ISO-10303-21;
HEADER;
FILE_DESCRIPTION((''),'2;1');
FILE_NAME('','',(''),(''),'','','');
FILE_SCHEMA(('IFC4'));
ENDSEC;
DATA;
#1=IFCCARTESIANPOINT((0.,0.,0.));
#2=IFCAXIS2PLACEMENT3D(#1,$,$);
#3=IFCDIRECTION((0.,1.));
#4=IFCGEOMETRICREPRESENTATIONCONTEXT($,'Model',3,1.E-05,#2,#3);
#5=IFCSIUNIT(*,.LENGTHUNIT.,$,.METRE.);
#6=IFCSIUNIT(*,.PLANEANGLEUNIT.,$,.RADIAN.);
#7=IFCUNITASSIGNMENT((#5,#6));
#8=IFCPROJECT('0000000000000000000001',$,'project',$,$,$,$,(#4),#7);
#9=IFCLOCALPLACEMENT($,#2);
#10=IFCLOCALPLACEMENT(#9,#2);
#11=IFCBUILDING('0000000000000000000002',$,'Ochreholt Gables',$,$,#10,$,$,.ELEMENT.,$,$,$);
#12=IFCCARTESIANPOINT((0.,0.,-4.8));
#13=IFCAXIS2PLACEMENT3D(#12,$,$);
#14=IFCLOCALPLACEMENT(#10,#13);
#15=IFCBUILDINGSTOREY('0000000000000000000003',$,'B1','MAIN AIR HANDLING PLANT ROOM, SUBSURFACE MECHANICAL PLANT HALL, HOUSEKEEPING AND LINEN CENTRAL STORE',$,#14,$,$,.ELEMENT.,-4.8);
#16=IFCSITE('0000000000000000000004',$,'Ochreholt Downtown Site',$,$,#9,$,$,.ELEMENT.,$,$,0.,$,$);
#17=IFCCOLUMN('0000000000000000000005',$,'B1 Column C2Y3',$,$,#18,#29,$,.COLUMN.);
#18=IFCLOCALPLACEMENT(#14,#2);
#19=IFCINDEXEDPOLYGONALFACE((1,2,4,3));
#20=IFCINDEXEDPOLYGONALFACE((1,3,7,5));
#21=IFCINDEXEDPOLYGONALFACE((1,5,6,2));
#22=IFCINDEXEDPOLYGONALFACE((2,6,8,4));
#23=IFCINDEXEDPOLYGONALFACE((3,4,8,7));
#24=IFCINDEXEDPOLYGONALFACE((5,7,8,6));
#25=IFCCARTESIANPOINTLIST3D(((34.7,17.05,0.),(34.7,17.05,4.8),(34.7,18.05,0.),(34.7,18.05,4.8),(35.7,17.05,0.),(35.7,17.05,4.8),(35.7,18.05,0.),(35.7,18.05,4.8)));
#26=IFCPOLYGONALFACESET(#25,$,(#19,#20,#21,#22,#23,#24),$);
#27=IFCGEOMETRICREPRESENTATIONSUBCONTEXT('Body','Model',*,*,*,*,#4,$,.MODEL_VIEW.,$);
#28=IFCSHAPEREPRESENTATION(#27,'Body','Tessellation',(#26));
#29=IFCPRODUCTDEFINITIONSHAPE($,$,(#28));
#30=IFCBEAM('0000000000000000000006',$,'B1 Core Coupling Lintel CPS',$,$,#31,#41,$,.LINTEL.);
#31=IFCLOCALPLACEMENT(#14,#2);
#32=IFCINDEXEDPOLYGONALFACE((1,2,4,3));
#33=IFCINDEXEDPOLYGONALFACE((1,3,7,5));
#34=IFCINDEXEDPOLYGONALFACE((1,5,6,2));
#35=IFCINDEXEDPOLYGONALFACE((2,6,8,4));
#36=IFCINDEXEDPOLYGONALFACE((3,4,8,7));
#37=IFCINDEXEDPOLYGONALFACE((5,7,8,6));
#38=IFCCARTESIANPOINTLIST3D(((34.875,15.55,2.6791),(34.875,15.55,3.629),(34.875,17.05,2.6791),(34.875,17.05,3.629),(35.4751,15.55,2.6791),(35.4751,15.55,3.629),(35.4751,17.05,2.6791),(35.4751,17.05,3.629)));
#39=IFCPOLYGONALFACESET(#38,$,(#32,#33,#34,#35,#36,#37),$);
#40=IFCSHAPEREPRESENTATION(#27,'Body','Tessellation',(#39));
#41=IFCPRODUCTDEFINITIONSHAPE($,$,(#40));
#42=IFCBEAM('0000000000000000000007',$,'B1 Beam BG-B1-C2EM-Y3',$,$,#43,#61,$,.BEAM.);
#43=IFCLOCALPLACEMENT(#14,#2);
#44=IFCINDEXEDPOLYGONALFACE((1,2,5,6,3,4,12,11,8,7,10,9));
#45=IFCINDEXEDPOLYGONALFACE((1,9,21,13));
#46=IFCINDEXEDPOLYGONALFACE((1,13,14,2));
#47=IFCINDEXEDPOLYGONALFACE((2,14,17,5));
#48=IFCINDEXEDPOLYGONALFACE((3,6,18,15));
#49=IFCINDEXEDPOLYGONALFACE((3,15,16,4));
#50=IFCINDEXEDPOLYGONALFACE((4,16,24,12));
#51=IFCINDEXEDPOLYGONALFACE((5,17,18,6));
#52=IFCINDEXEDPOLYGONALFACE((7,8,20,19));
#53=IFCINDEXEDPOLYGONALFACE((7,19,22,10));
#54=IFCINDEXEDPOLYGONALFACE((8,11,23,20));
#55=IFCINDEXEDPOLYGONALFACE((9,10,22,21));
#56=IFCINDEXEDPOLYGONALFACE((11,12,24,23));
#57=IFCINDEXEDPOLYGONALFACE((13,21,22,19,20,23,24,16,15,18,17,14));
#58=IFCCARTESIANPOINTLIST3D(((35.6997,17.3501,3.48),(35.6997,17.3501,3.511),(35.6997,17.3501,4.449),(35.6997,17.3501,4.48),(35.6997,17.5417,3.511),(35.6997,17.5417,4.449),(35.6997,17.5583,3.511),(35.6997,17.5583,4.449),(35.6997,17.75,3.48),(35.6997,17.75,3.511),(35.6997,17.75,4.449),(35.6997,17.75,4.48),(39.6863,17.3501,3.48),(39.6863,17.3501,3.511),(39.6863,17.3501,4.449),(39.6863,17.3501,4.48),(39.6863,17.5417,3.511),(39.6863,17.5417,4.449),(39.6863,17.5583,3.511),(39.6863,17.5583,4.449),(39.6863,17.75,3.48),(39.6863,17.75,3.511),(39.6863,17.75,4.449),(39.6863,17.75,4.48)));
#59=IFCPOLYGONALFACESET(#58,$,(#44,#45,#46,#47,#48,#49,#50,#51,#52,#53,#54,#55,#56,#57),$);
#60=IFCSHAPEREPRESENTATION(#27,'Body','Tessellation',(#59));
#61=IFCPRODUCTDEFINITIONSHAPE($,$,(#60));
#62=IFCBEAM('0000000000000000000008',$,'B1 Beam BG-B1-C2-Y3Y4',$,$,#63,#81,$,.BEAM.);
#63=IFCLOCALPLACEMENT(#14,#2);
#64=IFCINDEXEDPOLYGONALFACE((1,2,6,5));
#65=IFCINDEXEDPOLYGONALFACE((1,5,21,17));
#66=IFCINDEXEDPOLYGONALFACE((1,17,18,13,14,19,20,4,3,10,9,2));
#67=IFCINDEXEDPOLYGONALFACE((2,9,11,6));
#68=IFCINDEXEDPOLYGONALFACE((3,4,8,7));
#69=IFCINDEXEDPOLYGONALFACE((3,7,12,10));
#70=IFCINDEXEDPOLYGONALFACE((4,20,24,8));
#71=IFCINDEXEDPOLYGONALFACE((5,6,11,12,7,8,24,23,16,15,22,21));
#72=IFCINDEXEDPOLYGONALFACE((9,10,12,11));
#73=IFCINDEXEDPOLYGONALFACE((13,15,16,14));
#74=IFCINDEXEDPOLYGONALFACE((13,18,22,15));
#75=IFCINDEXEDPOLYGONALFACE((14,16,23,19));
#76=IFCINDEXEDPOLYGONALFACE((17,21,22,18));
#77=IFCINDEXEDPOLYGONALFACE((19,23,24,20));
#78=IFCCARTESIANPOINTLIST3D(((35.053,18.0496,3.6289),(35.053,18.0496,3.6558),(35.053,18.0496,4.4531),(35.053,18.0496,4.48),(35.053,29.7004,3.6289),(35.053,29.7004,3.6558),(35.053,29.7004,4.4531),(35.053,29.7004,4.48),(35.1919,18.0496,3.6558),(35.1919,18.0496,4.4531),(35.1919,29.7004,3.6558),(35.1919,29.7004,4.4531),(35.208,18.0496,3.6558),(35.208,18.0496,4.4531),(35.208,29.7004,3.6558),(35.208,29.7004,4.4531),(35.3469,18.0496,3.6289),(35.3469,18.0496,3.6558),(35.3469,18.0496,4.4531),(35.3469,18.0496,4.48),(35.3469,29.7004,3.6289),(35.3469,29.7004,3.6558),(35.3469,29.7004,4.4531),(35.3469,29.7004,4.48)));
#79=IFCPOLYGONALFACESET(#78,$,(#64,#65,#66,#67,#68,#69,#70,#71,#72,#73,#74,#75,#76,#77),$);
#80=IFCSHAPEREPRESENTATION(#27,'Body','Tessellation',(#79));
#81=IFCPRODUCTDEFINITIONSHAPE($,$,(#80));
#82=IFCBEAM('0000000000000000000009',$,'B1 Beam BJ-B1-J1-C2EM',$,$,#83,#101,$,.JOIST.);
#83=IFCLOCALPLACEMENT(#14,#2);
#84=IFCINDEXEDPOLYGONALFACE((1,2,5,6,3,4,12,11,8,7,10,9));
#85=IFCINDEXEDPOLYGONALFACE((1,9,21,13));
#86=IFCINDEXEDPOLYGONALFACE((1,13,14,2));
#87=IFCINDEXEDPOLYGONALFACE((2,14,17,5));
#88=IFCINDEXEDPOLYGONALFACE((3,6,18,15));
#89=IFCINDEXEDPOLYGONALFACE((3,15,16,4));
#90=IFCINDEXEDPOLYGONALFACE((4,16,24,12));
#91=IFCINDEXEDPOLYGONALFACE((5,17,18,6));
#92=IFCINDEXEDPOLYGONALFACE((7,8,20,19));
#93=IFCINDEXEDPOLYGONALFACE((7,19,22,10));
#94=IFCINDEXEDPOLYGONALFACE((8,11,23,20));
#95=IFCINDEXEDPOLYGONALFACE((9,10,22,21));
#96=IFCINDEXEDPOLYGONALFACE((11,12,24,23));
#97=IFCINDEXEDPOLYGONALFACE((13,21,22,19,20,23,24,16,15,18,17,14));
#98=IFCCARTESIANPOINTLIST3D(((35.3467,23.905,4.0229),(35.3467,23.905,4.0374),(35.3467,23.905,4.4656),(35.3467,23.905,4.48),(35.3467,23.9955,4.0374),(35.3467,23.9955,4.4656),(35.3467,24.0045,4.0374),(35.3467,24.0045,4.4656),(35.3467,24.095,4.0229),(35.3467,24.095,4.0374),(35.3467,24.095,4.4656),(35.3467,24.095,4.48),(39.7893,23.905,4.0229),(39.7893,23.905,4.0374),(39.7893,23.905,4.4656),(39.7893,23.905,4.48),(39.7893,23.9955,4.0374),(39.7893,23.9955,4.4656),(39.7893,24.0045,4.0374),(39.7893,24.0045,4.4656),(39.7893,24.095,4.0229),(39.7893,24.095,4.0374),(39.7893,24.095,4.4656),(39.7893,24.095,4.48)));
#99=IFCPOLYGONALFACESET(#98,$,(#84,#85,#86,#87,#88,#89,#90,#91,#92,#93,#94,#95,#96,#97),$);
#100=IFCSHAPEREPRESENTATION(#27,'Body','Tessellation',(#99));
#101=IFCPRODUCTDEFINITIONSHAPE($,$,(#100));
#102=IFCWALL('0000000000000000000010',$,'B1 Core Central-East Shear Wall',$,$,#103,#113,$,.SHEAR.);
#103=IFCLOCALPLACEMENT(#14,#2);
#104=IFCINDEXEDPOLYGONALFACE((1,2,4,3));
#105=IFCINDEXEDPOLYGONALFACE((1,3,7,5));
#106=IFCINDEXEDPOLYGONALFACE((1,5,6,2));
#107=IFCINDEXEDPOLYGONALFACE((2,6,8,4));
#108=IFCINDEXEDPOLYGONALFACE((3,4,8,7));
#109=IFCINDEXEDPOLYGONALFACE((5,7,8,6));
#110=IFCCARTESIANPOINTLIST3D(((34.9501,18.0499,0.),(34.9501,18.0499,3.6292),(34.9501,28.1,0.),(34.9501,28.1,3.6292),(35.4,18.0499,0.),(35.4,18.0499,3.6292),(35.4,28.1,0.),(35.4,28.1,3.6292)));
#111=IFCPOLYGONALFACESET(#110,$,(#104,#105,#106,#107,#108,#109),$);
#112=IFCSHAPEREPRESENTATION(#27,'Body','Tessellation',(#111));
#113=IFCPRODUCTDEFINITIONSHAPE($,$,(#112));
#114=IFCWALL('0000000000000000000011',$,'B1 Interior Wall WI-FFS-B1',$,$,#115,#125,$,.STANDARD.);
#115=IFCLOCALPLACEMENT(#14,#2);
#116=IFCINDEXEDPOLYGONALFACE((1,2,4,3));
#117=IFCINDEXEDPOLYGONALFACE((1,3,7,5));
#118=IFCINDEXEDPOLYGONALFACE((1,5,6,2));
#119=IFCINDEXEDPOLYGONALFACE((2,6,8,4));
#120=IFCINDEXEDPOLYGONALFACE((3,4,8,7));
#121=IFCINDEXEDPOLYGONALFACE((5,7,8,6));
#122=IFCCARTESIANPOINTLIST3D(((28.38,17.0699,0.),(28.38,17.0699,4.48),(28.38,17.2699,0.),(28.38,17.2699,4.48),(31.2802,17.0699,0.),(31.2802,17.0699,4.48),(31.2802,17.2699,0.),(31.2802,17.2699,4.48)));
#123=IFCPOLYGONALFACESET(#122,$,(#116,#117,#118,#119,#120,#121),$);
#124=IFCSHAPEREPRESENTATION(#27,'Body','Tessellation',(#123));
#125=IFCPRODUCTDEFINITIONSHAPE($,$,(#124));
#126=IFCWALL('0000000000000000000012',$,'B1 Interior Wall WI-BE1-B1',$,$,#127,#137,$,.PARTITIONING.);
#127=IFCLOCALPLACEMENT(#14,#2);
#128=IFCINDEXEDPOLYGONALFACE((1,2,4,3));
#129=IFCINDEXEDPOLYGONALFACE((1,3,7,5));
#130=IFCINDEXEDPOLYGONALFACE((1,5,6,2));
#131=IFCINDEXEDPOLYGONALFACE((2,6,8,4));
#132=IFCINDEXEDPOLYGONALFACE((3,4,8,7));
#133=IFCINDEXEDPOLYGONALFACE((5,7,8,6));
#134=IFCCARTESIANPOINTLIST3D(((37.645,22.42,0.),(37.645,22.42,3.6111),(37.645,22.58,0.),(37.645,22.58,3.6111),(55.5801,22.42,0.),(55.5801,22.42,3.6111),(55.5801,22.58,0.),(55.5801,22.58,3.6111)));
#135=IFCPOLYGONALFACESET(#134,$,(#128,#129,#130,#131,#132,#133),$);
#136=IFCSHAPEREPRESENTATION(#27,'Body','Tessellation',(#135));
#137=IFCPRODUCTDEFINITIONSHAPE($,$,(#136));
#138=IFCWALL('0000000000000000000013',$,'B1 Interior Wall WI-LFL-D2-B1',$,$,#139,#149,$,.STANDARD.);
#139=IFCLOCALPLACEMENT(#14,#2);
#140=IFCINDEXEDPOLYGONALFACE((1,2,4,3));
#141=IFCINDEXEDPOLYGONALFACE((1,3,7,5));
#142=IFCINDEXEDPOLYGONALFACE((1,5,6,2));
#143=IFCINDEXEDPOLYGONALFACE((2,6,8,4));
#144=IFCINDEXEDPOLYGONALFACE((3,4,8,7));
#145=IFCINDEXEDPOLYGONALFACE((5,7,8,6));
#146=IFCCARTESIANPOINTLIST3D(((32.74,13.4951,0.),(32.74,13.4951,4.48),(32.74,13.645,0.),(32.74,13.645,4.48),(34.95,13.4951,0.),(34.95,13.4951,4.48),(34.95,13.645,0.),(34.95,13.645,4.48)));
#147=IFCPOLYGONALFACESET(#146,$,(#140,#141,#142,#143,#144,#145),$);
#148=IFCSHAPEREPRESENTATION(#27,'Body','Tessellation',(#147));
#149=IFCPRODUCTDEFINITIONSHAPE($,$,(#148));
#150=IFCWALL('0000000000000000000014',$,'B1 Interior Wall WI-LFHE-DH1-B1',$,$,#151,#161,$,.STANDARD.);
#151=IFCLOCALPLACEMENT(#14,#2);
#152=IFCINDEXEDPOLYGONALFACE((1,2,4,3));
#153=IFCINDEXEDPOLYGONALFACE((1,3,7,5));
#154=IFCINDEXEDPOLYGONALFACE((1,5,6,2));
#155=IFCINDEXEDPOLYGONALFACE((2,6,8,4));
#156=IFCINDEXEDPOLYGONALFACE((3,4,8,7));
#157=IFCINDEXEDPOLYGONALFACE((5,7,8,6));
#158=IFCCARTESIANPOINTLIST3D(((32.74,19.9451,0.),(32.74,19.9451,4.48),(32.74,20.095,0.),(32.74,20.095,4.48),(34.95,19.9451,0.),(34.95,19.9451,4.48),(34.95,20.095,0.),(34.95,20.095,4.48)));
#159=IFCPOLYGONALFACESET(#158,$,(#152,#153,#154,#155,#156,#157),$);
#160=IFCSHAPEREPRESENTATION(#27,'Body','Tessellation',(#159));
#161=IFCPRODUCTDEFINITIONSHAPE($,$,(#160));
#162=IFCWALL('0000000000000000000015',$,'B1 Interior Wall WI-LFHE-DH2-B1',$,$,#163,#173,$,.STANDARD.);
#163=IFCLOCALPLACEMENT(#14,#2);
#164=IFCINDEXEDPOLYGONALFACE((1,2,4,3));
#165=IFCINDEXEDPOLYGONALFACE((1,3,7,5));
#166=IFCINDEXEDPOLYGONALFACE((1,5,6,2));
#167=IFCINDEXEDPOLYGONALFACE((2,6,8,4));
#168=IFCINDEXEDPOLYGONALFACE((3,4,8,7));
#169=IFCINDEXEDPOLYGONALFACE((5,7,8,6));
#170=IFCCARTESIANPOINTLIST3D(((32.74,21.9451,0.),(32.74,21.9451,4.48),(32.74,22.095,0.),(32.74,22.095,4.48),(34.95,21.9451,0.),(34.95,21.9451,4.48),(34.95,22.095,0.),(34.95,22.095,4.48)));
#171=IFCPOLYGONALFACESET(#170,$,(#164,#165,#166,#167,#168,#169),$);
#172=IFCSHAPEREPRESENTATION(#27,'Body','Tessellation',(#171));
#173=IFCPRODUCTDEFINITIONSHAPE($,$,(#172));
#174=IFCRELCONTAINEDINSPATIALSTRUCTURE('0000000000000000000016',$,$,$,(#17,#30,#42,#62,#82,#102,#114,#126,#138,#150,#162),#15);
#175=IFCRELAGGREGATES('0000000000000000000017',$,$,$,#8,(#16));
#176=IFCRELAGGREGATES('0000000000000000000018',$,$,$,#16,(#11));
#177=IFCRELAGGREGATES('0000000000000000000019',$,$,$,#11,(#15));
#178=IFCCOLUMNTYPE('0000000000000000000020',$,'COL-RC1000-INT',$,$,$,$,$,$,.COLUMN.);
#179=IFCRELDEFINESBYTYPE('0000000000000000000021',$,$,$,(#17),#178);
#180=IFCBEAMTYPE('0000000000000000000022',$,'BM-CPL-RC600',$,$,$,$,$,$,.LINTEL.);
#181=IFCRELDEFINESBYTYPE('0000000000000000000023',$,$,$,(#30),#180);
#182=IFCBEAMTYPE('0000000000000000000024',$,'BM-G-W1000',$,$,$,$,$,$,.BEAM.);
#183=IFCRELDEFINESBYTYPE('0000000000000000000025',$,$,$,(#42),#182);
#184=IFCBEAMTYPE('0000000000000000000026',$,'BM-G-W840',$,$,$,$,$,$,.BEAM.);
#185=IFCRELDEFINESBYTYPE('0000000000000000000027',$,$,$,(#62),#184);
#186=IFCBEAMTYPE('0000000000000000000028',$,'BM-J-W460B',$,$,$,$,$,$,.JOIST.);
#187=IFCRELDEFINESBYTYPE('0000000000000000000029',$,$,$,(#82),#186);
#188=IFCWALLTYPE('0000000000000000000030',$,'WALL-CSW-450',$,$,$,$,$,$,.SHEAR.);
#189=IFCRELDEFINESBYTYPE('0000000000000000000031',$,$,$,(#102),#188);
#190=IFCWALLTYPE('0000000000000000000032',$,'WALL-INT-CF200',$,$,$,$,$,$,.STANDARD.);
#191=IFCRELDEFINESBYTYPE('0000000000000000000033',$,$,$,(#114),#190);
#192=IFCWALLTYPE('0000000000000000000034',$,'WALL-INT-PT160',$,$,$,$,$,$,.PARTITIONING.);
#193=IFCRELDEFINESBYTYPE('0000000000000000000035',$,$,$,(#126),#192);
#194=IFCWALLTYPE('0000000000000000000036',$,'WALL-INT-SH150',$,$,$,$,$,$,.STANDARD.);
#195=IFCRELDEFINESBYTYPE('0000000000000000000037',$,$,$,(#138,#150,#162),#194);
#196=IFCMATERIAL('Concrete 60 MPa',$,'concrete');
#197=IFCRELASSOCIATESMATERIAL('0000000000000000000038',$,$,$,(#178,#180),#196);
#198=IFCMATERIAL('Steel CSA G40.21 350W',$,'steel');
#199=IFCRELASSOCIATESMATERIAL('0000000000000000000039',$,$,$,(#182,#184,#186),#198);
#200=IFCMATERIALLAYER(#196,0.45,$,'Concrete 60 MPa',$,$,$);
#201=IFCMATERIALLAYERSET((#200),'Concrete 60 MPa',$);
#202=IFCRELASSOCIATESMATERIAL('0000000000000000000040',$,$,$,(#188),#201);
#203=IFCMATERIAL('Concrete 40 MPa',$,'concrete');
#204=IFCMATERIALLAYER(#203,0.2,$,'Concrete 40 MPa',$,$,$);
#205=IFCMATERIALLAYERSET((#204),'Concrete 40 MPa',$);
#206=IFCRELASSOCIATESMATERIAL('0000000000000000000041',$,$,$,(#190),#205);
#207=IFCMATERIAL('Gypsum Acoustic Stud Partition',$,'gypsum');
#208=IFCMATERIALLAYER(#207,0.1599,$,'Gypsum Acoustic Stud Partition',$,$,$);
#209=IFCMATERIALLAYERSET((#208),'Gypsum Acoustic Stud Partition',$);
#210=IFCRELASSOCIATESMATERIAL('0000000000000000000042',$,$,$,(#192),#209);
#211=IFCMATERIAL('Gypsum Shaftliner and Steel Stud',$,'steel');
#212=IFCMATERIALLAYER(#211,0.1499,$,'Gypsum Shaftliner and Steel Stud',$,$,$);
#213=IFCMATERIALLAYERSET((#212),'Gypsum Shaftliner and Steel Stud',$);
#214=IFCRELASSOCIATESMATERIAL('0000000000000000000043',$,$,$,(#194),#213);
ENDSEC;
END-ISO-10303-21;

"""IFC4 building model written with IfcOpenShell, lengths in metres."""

from ifc_helpers import new_model, si_unit, direction, frame, frame_2d, origin, origin_2d, place, context, subcontext, project, spatial, rectangle, i_section, extrude, material, layer, layer_set, material_profile, profile_set, type_object, element, save


model = new_model("IFC4")

# Units and contexts
model_context = context("Model", 3, precision=1e-05, world=origin(), true_north=direction((0.0, 1.0)))
body_context = subcontext(model_context, "Body", "Model", "MODEL_VIEW")
ifc_project = project(units=[si_unit("LENGTHUNIT", "METRE"), si_unit("PLANEANGLEUNIT", "RADIAN")], contexts=[model_context])

# Site, building, storey
site_placement = place(None, origin())
site = spatial("IfcSite", under=ifc_project, at=site_placement, Name="Ochreholt Downtown Site", CompositionType="ELEMENT", RefElevation=0.0)
building_placement = place(site_placement, origin())
building = spatial("IfcBuilding", under=site, at=building_placement, Name="Ochreholt Gables", CompositionType="ELEMENT")
storey_placement = place(building_placement, frame((0.0, 0.0, -4.8)))
storey = spatial("IfcBuildingStorey", under=building, at=storey_placement, Name="B1", Description="MAIN AIR HANDLING PLANT ROOM, SUBSURFACE MECHANICAL PLANT HALL, HOUSEKEEPING AND LINEN CENTRAL STORE", CompositionType="ELEMENT", Elevation=-4.8)

# Column
ifc_material_1 = material(Name="Concrete 60 MPa", Category="concrete")
ifc_material_profile_1 = material_profile(ifc_material_1, rectangle(XDim=1.0, YDim=1.0, at=origin_2d()), Name="RC1000X1000")
ifc_profile_set_1 = profile_set([ifc_material_profile_1], Name="Concrete 60 MPa")
column_type = type_object("IfcColumnType", Name="COL-RC1000-INT", PredefinedType="COLUMN", material=ifc_profile_set_1)
column_placement = place(storey_placement, frame((35.2, 17.55, 0.0), z_axis=(0.0, 0.0, 1.0), x_axis=(1.0, 0.0, 0.0)))
element("IfcColumn", 1, at=column_placement, inside=storey, type_object=column_type, Name="B1 Column C2Y3", PredefinedType="COLUMN", context=body_context, shape_type="SweptSolid", body=[
    extrude(rectangle(XDim=1.0, YDim=1.0, at=origin_2d()), origin(), (0.0, 0.0, 1.0), 4.8),
])

# Beams
ifc_material_profile_2 = material_profile(ifc_material_1, rectangle(XDim=0.6001, YDim=0.95, at=origin_2d()), Name="RCB600X950")
ifc_profile_set_2 = profile_set([ifc_material_profile_2], Name="Concrete 60 MPa")
beam_type_1 = type_object("IfcBeamType", Name="BM-CPL-RC600", PredefinedType="LINTEL", material=ifc_profile_set_2)
beam_1_placement = place(storey_placement, frame((35.175, 15.55, 3.1541), z_axis=(0.0, 1.0, 0.0), x_axis=(-1.0, 0.0, 0.0)))
element("IfcBeam", 2, at=beam_1_placement, inside=storey, type_object=beam_type_1, Name="B1 Core Coupling Lintel CPS", PredefinedType="LINTEL", context=body_context, shape_type="SweptSolid", body=[
    extrude(rectangle(XDim=0.6001, YDim=0.95, at=origin_2d()), origin(), (0.0, 0.0, 1.0), 1.5),
])
ifc_material_2 = material(Name="Steel CSA G40.21 350W", Category="steel")
ifc_material_profile_3 = material_profile(ifc_material_2, i_section(OverallWidth=0.3999, OverallDepth=1.0, WebThickness=0.0166, FlangeThickness=0.031, at=origin_2d()), Name="W1000X321")
ifc_profile_set_3 = profile_set([ifc_material_profile_3], Name="Steel CSA G40.21 350W")
beam_type_2 = type_object("IfcBeamType", Name="BM-G-W1000", PredefinedType="BEAM", material=ifc_profile_set_3)
beam_2_placement = place(storey_placement, frame((35.6997, 17.55, 3.98), z_axis=(1.0, 0.0, 0.0), x_axis=(0.0, 1.0, 0.0)))
element("IfcBeam", 3, at=beam_2_placement, inside=storey, type_object=beam_type_2, Name="B1 Beam BG-B1-C2EM-Y3", PredefinedType="BEAM", context=body_context, shape_type="SweptSolid", body=[
    extrude(i_section(OverallWidth=0.3999, OverallDepth=1.0, WebThickness=0.0166, FlangeThickness=0.031, at=origin_2d()), origin(), (0.0, 0.0, 1.0), 3.9866),
])
ifc_material_profile_4 = material_profile(ifc_material_2, i_section(OverallWidth=0.2939, OverallDepth=0.8511, WebThickness=0.0161, FlangeThickness=0.0269, at=origin_2d()), Name="W840X226")
ifc_profile_set_4 = profile_set([ifc_material_profile_4], Name="Steel CSA G40.21 350W")
beam_type_3 = type_object("IfcBeamType", Name="BM-G-W840", PredefinedType="BEAM", material=ifc_profile_set_4)
beam_3_placement = place(storey_placement, frame((35.2, 18.0496, 4.0544), z_axis=(0.0, 1.0, 0.0), x_axis=(-1.0, 0.0, 0.0)))
element("IfcBeam", 4, at=beam_3_placement, inside=storey, type_object=beam_type_3, Name="B1 Beam BG-B1-C2-Y3Y4", PredefinedType="BEAM", context=body_context, shape_type="SweptSolid", body=[
    extrude(i_section(OverallWidth=0.2939, OverallDepth=0.8511, WebThickness=0.0161, FlangeThickness=0.0269, at=origin_2d()), origin(), (0.0, 0.0, 1.0), 11.6509),
])
ifc_material_profile_5 = material_profile(ifc_material_2, i_section(OverallWidth=0.1899, OverallDepth=0.457, WebThickness=0.009, FlangeThickness=0.0144, at=origin_2d()), Name="W460X74")
ifc_profile_set_5 = profile_set([ifc_material_profile_5], Name="Steel CSA G40.21 350W")
beam_type_4 = type_object("IfcBeamType", Name="BM-J-W460B", PredefinedType="JOIST", material=ifc_profile_set_5)
beam_4_placement = place(storey_placement, frame((35.3467, 24.0, 4.2515), z_axis=(1.0, 0.0, 0.0), x_axis=(0.0, 1.0, 0.0)))
element("IfcBeam", 5, at=beam_4_placement, inside=storey, type_object=beam_type_4, Name="B1 Beam BJ-B1-J1-C2EM", PredefinedType="JOIST", context=body_context, shape_type="SweptSolid", body=[
    extrude(i_section(OverallWidth=0.1899, OverallDepth=0.457, WebThickness=0.009, FlangeThickness=0.0144, at=origin_2d()), origin(), (0.0, 0.0, 1.0), 4.4426),
])

# Walls
ifc_layer_1 = layer(ifc_material_1, 0.45, Name="Concrete 60 MPa")
ifc_layer_set_1 = layer_set([ifc_layer_1], Name="Concrete 60 MPa")
wall_type_1 = type_object("IfcWallType", Name="WALL-CSW-450", PredefinedType="SHEAR", material=ifc_layer_set_1)
wall_1_placement = place(storey_placement, frame((35.175, 18.05, 0.0), z_axis=(0.0, 0.0, 1.0), x_axis=(0.0, 1.0, 0.0)))
element("IfcWall", 6, at=wall_1_placement, inside=storey, type_object=wall_type_1, Name="B1 Core Central-East Shear Wall", PredefinedType="SHEAR", context=body_context, shape_type="SweptSolid", body=[
    extrude(rectangle(XDim=10.05, YDim=0.45, at=frame_2d((5.0249, 0.0))), origin(), (0.0, 0.0, 1.0), 3.6292),
])
ifc_material_3 = material(Name="Concrete 40 MPa", Category="concrete")
ifc_layer_2 = layer(ifc_material_3, 0.2, Name="Concrete 40 MPa")
ifc_layer_set_2 = layer_set([ifc_layer_2], Name="Concrete 40 MPa")
wall_type_2 = type_object("IfcWallType", Name="WALL-INT-CF200", PredefinedType="STANDARD", material=ifc_layer_set_2)
wall_2_placement = place(storey_placement, frame((28.3799, 17.1699, 0.0), z_axis=(0.0, 0.0, 1.0), x_axis=(1.0, 0.0, 0.0)))
element("IfcWall", 7, at=wall_2_placement, inside=storey, type_object=wall_type_2, Name="B1 Interior Wall WI-FFS-B1", PredefinedType="STANDARD", context=body_context, shape_type="SweptSolid", body=[
    extrude(rectangle(XDim=2.9001, YDim=0.2, at=frame_2d((1.4502, 0.0))), origin(), (0.0, 0.0, 1.0), 4.48),
])

# Walls
ifc_material_4 = material(Name="Gypsum Acoustic Stud Partition", Category="gypsum")
ifc_layer_3 = layer(ifc_material_4, 0.1599, Name="Gypsum Acoustic Stud Partition")
ifc_layer_set_3 = layer_set([ifc_layer_3], Name="Gypsum Acoustic Stud Partition")
wall_type_3 = type_object("IfcWallType", Name="WALL-INT-PT160", PredefinedType="PARTITIONING", material=ifc_layer_set_3)
wall_3_placement = place(storey_placement, frame((37.645, 22.5, 0.0), z_axis=(0.0, 0.0, 1.0), x_axis=(1.0, 0.0, 0.0)))
element("IfcWall", 8, at=wall_3_placement, inside=storey, type_object=wall_type_3, Name="B1 Interior Wall WI-BE1-B1", PredefinedType="PARTITIONING", context=body_context, shape_type="SweptSolid", body=[
    extrude(rectangle(XDim=17.9351, YDim=0.1599, at=frame_2d((8.9675, 0.0))), origin(), (0.0, 0.0, 1.0), 3.6111),
])
ifc_material_5 = material(Name="Gypsum Shaftliner and Steel Stud", Category="steel")
ifc_layer_4 = layer(ifc_material_5, 0.1499, Name="Gypsum Shaftliner and Steel Stud")
ifc_layer_set_4 = layer_set([ifc_layer_4], Name="Gypsum Shaftliner and Steel Stud")
wall_type_4 = type_object("IfcWallType", Name="WALL-INT-SH150", PredefinedType="STANDARD", material=ifc_layer_set_4)
for number, where, z_axis, x_axis, name in (
    (9, (32.74, 13.5701, 0.0), (0.0, 0.0, 1.0), (1.0, 0.0, 0.0), "B1 Interior Wall WI-LFL-D2-B1"),
    (10, (32.74, 20.02, 0.0), (0.0, 0.0, 1.0), (1.0, 0.0, 0.0), "B1 Interior Wall WI-LFHE-DH1-B1"),
    (11, (32.74, 22.02, 0.0), (0.0, 0.0, 1.0), (1.0, 0.0, 0.0), "B1 Interior Wall WI-LFHE-DH2-B1"),
):
    element("IfcWall", number, at=place(storey_placement, frame(where, z_axis=z_axis, x_axis=x_axis)), inside=storey, type_object=wall_type_4, Name=name, PredefinedType="STANDARD", context=body_context, shape_type="SweptSolid", body=[
        extrude(rectangle(XDim=2.21, YDim=0.1499, at=frame_2d((1.105, 0.0))), origin(), (0.0, 0.0, 1.0), 4.48),
    ])

save(model, "model.ifc")
